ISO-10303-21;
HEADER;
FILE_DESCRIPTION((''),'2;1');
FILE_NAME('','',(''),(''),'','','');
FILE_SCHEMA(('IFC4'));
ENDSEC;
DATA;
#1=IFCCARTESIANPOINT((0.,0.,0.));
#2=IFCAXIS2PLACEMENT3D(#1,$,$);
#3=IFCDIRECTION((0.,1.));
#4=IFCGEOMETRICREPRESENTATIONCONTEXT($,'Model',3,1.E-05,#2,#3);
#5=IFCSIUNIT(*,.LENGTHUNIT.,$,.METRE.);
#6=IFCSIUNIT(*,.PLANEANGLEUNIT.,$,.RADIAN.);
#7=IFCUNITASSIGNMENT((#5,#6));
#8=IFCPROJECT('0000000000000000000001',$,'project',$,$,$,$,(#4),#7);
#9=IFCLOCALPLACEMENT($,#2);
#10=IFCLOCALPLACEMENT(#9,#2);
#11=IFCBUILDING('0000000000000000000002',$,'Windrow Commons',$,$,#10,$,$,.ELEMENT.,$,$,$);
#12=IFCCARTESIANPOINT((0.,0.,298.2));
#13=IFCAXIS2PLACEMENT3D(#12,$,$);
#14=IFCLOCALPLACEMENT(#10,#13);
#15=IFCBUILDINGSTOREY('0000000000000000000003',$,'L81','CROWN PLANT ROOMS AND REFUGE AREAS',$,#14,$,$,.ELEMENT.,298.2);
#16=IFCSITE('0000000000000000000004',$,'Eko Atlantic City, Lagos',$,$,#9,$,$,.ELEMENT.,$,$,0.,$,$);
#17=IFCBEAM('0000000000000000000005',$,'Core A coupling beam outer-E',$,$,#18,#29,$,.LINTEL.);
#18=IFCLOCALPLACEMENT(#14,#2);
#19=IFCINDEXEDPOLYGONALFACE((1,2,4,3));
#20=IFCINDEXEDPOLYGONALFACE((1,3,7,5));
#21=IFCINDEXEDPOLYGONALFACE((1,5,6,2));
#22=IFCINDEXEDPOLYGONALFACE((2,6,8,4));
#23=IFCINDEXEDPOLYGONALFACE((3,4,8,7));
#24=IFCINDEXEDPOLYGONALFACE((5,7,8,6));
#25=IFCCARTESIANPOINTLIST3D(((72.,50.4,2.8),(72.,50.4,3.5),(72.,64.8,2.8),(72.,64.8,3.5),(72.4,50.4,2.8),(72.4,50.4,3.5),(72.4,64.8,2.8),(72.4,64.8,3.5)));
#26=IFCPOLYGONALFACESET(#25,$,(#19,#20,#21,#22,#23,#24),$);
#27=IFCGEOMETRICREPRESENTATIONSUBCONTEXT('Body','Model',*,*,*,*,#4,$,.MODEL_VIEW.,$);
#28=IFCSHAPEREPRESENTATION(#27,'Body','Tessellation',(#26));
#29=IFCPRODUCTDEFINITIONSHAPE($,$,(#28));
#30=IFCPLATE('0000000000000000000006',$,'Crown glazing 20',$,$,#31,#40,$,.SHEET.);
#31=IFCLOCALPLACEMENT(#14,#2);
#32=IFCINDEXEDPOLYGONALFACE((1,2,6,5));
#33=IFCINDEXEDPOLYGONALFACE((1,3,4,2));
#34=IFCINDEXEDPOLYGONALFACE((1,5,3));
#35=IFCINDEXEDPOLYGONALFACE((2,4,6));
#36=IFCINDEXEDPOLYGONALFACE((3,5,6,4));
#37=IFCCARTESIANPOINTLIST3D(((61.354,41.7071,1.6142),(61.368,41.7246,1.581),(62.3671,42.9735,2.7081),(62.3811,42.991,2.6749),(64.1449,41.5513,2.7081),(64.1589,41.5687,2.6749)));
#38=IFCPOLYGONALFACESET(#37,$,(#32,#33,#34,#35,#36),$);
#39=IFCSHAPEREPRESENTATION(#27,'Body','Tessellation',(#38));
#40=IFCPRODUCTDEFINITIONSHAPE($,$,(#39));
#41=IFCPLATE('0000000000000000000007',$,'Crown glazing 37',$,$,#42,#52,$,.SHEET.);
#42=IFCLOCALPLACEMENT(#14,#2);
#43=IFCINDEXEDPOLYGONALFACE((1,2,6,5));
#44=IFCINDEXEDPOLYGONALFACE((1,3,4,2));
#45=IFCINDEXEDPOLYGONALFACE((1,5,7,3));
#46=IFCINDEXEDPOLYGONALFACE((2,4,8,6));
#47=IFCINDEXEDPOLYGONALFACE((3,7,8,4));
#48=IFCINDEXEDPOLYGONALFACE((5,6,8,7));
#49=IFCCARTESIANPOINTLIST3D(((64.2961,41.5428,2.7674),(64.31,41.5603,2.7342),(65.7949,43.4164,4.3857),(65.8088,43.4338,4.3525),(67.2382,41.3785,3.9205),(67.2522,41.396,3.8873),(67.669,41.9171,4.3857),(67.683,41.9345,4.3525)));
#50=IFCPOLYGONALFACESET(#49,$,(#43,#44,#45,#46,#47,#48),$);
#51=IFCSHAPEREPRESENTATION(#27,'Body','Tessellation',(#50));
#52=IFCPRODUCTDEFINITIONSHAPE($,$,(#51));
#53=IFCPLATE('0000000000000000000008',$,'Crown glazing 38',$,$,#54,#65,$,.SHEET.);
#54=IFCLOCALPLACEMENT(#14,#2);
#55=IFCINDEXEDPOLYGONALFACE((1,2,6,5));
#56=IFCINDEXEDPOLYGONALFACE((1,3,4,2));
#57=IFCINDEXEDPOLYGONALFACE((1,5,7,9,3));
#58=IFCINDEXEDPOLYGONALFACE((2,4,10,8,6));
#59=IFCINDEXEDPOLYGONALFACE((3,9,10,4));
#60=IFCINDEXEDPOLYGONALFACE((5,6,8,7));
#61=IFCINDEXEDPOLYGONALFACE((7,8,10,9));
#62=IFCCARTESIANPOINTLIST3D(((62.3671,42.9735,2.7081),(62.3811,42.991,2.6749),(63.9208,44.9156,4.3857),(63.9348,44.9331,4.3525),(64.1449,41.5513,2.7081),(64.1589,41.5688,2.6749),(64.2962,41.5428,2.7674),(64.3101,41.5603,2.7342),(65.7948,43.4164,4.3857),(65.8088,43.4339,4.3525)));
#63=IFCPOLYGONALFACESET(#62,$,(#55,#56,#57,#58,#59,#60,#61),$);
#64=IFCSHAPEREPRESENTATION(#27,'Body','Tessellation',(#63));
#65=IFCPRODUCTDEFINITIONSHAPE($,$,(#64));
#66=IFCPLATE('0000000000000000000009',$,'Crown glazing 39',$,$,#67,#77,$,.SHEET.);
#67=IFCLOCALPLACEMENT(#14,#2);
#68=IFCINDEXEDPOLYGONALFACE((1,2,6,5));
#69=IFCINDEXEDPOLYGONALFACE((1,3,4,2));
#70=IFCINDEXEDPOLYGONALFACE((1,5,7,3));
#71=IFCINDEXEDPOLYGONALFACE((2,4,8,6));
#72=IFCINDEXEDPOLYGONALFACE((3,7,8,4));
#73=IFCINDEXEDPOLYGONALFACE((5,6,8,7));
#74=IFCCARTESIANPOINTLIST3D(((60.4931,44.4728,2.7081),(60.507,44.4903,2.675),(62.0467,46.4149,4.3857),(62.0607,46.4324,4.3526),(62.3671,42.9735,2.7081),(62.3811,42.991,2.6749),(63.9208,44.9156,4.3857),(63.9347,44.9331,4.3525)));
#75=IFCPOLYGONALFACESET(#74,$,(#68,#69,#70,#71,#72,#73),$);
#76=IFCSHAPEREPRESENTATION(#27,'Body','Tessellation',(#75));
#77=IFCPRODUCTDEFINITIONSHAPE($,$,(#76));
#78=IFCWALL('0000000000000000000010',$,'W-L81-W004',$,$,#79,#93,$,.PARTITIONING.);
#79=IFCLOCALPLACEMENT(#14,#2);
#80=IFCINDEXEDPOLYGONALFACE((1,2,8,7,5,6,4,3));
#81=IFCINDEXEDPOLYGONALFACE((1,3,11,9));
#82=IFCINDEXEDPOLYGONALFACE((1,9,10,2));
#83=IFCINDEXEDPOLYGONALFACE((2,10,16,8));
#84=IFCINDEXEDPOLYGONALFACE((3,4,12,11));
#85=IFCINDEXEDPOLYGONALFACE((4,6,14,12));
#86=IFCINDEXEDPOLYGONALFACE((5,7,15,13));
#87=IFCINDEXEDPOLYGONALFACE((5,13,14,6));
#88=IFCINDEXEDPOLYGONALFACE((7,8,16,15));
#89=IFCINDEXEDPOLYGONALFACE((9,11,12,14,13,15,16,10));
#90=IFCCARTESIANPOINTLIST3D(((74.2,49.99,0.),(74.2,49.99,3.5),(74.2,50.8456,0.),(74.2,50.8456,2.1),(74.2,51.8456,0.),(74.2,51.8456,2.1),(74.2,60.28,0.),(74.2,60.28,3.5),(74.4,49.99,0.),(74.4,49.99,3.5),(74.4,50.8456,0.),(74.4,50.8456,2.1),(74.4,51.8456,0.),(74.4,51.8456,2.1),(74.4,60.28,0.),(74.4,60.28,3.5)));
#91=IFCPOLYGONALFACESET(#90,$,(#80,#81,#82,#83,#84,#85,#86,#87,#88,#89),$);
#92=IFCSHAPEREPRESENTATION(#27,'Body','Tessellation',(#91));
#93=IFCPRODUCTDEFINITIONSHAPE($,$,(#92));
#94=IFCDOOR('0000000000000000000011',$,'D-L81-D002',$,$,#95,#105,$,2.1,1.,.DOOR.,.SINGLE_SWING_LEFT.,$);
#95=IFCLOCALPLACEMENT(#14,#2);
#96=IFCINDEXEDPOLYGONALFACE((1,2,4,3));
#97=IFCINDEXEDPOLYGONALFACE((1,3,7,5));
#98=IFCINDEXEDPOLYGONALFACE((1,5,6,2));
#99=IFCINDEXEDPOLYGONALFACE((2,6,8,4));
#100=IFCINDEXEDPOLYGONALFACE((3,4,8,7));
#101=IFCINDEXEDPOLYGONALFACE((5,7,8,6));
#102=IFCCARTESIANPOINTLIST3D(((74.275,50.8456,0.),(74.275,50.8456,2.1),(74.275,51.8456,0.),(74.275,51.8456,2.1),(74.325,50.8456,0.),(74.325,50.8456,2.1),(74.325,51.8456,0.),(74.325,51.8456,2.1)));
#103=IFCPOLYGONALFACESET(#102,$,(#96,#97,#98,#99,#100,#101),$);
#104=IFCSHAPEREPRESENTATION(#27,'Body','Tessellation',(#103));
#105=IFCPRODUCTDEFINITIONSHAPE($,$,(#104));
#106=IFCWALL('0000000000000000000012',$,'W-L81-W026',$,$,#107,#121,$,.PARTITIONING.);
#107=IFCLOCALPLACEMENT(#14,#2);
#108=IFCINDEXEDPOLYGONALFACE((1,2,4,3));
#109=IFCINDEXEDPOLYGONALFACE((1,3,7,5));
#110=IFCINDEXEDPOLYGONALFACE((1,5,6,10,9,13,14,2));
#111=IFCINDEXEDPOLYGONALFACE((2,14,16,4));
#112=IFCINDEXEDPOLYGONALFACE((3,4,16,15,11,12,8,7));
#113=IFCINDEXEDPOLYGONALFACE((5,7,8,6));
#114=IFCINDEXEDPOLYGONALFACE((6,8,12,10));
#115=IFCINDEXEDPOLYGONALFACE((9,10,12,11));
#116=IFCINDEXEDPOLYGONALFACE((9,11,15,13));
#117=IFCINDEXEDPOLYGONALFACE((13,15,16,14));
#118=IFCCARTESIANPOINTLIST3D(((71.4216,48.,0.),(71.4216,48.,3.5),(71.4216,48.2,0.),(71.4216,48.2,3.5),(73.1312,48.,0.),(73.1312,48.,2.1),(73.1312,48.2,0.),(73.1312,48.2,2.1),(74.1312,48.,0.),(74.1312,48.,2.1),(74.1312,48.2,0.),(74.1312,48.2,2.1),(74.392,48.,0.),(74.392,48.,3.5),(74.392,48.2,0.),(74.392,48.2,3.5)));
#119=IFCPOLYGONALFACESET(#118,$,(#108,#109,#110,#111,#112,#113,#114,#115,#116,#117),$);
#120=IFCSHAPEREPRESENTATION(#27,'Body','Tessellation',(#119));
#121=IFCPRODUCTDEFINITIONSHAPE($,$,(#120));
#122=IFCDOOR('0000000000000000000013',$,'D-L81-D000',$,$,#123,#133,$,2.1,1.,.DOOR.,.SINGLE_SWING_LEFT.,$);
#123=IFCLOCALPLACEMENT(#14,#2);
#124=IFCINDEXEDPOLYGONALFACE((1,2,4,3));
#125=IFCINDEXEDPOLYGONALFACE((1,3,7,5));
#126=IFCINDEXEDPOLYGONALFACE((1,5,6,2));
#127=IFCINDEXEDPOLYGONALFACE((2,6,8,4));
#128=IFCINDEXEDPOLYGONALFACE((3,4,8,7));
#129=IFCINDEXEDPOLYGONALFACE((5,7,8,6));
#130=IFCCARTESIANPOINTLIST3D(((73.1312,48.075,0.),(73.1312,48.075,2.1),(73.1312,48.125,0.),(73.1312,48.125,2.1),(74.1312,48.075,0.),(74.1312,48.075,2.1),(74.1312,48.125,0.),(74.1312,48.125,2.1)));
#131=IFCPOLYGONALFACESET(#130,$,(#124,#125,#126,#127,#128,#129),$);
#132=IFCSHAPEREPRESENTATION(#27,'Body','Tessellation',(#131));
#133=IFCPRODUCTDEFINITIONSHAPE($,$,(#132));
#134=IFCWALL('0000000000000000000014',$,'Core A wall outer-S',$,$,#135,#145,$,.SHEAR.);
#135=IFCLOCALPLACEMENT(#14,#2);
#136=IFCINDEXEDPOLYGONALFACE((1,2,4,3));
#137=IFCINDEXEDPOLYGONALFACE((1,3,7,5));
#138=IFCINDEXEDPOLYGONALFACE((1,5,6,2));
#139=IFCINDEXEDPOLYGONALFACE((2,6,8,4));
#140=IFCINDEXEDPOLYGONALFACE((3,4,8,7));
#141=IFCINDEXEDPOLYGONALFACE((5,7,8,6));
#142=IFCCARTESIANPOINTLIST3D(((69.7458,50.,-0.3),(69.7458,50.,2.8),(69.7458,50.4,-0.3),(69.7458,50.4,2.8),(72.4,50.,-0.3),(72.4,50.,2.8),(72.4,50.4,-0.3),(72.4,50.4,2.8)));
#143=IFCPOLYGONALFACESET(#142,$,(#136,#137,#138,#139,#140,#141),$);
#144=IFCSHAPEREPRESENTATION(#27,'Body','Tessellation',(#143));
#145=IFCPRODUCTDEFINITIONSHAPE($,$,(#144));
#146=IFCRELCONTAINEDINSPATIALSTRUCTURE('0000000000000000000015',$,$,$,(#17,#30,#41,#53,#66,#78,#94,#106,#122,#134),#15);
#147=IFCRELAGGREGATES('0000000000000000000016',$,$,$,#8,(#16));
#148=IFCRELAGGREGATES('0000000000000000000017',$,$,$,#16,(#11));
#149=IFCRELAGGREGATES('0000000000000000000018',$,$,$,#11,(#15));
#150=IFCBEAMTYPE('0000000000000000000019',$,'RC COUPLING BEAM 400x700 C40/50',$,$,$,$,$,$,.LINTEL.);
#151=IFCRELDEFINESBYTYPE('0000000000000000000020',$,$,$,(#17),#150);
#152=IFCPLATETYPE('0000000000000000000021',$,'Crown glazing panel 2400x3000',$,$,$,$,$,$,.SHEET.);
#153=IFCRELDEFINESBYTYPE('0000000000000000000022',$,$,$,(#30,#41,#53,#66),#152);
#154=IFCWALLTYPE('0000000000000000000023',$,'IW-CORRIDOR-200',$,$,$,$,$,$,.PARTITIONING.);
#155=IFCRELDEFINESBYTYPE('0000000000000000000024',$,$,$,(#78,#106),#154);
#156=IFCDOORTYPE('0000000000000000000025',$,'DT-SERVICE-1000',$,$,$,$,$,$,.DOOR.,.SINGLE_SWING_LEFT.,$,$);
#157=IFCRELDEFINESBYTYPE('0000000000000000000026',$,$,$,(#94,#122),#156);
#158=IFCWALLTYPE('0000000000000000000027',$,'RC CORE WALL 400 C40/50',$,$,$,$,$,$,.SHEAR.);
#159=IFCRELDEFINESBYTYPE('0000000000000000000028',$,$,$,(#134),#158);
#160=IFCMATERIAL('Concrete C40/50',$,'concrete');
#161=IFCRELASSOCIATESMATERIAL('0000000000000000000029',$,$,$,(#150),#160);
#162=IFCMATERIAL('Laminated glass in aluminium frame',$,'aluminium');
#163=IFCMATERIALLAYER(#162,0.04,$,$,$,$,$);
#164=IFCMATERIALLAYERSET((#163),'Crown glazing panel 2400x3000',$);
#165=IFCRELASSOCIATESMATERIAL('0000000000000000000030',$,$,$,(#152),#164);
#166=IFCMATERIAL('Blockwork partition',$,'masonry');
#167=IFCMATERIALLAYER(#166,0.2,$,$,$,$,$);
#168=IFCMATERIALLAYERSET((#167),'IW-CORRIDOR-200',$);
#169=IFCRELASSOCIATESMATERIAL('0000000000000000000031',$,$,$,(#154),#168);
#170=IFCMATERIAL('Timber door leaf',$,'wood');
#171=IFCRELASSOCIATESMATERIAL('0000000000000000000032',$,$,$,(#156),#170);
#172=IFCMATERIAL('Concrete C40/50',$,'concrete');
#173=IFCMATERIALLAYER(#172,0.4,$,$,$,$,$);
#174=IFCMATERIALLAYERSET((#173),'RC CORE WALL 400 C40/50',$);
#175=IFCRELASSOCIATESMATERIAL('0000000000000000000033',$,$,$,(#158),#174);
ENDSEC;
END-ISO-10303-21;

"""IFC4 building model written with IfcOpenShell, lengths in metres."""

from ifc_helpers import new_model, si_unit, direction, frame, frame_2d, origin, origin_2d, place, context, subcontext, project, spatial, polyline, rectangle, outline, extrude, material, layer, layer_set, material_profile, profile_set, type_object, element, fill, save


model = new_model("IFC4")

# Units and contexts
model_context = context("Model", 3, precision=1e-05, world=origin(), true_north=direction((0.0, 1.0)))
body_context = subcontext(model_context, "Body", "Model", "MODEL_VIEW")
ifc_project = project(units=[si_unit("LENGTHUNIT", "METRE"), si_unit("PLANEANGLEUNIT", "RADIAN")], contexts=[model_context])

# Site, building, storey
site_placement = place(None, origin())
site = spatial("IfcSite", under=ifc_project, at=site_placement, Name="Eko Atlantic City, Lagos", CompositionType="ELEMENT", RefElevation=0.0)
building_placement = place(site_placement, origin())
building = spatial("IfcBuilding", under=site, at=building_placement, Name="Windrow Commons", CompositionType="ELEMENT")
storey_placement = place(building_placement, frame((0.0, 0.0, 298.2)))
storey = spatial("IfcBuildingStorey", under=building, at=storey_placement, Name="L81", Description="CROWN PLANT ROOMS AND REFUGE AREAS", CompositionType="ELEMENT", Elevation=298.2)

# Beam
ifc_material_1 = material(Name="Concrete C40/50", Category="concrete")
ifc_material_profile = material_profile(ifc_material_1, rectangle(XDim=0.4, YDim=0.7, at=origin_2d()))
ifc_profile_set = profile_set([ifc_material_profile], Name="Concrete C40/50")
beam_type = type_object("IfcBeamType", Name="RC COUPLING BEAM 400x700 C40/50", PredefinedType="LINTEL", material=ifc_profile_set)
beam_placement = place(storey_placement, frame((72.2, 50.4, 3.15), z_axis=(0.0, 1.0, 0.0), x_axis=(-1.0, 0.0, 0.0)))
element("IfcBeam", 1, at=beam_placement, inside=storey, type_object=beam_type, Name="Core A coupling beam outer-E", PredefinedType="LINTEL", context=body_context, shape_type="SweptSolid", body=[
    extrude(rectangle(XDim=0.4, YDim=0.7, at=origin_2d()), origin(), (0.0, 0.0, 1.0), 14.4),
])

# Plates
ifc_material_2 = material(Name="Laminated glass in aluminium frame", Category="aluminium")
ifc_layer_1 = layer(ifc_material_2, 0.04)
ifc_layer_set_1 = layer_set([ifc_layer_1], Name="Crown glazing panel 2400x3000")
plate_type = type_object("IfcPlateType", Name="Crown glazing panel 2400x3000", PredefinedType="SHEET", material=ifc_layer_set_1)
plate_1_placement = place(storey_placement, frame((61.354, 41.7071, 1.6142), z_axis=(-0.349319, -0.436662, 0.829037), x_axis=(0.517889, 0.647374, 0.559194)))
element("IfcPlate", 2, at=plate_1_placement, inside=storey, type_object=plate_type, Name="Crown glazing 20", PredefinedType="SHEET", context=body_context, shape_type="SweptSolid", body=[
    extrude(outline(polyline([(0.0, 0.0), (1.9562, 0.0), (1.9562, -2.2767), (0.0, 0.0)])), origin(), (0.0, 0.0, -1.0), 0.04),
])
plate_2_placement = place(storey_placement, frame((67.2382, 41.3785, 3.9205), z_axis=(-0.349316, -0.436646, 0.829047), x_axis=(-0.929788, 0.051925, -0.364415)))
element("IfcPlate", 3, at=plate_2_placement, inside=storey, type_object=plate_type, Name="Crown glazing 37", PredefinedType="SHEET", context=body_context, shape_type="SweptSolid", body=[
    extrude(outline(polyline([(0.0, 0.0), (3.1643, 0.0), (1.2783, -2.1951), (-0.5421, -0.631), (0.0, 0.0)])), origin(), (0.0, 0.0, -1.0), 0.04),
])
plate_3_placement = place(storey_placement, frame((64.1449, 41.5513, 2.7081), z_axis=(-0.349327, -0.436657, 0.829036), x_axis=(-0.780874, 0.624688, -0.000007)))
element("IfcPlate", 4, at=plate_3_placement, inside=storey, type_object=plate_type, Name="Crown glazing 38", PredefinedType="SHEET", context=body_context, shape_type="SweptSolid", body=[
    extrude(outline(polyline([(0.0, 0.0), (2.2767, 0.0), (2.2766, -3.0), (-0.1233, -3.0), (-0.1234, -0.106), (0.0, 0.0)])), origin(), (0.0, 0.0, -1.0), 0.04),
])
plate_4_placement = place(storey_placement, frame((62.3671, 42.9735, 2.7081), z_axis=(-0.349339, -0.436657, 0.829031), x_axis=(-0.780851, 0.624717, 0.000006)))
element("IfcPlate", 5, at=plate_4_placement, inside=storey, type_object=plate_type, Name="Crown glazing 39", PredefinedType="SHEET", context=body_context, shape_type="SweptSolid", body=[
    extrude(outline(polyline([(0.0, 0.0), (2.4, 0.0), (2.4001, -3.0), (0.0001, -3.0), (0.0, 0.0)])), origin(), (0.0, 0.0, -1.0), 0.04),
])

# Walls, openings, doors
ifc_material_3 = material(Name="Blockwork partition", Category="masonry")
ifc_layer_2 = layer(ifc_material_3, 0.2)
ifc_layer_set_2 = layer_set([ifc_layer_2], Name="IW-CORRIDOR-200")
wall_type_1 = type_object("IfcWallType", Name="IW-CORRIDOR-200", PredefinedType="PARTITIONING", material=ifc_layer_set_2)
wall_1_placement = place(storey_placement, frame((74.3, 49.99, 0.0), z_axis=(0.0, 0.0, 1.0), x_axis=(0.0, 1.0, 0.0)))
wall_1 = element("IfcWall", 6, at=wall_1_placement, inside=storey, type_object=wall_type_1, Name="W-L81-W004", PredefinedType="PARTITIONING", context=body_context, shape_type="SweptSolid", body=[
    extrude(rectangle(XDim=10.29, YDim=0.2, at=frame_2d((5.145, 0.0))), origin(), (0.0, 0.0, 1.0), 3.5),
])
opening_1_placement = place(wall_1_placement, frame((0.8556, 0.0, 0.0)))
opening_1 = element("IfcOpeningElement", 7, at=opening_1_placement, cuts=wall_1, PredefinedType="OPENING", context=body_context, shape_type="SweptSolid", body=[
    extrude(rectangle(XDim=1.0, YDim=2.1, at=frame_2d((0.5, 1.05))), frame((0.0, 0.11, 0.0), z_axis=(0.0, -1.0, 0.0), x_axis=(1.0, 0.0, 0.0)), (0.0, 0.0, 1.0), 0.22),
])
ifc_material_4 = material(Name="Timber door leaf", Category="wood")
door_type_1 = type_object("IfcDoorType", Name="DT-SERVICE-1000", OperationType="SINGLE_SWING_LEFT", PredefinedType="DOOR", material=ifc_material_4)
door_1_placement = place(opening_1_placement, origin())
door_1 = element("IfcDoor", 8, at=door_1_placement, inside=storey, type_object=door_type_1, Name="D-L81-D002", OperationType="SINGLE_SWING_LEFT", OverallHeight=2.1, OverallWidth=1.0, PredefinedType="DOOR", context=body_context, shape_type="SweptSolid", body=[
    extrude(rectangle(XDim=1.0, YDim=2.1, at=frame_2d((0.5, 1.05))), frame((0.0, 0.025, 0.0), z_axis=(0.0, -1.0, 0.0), x_axis=(1.0, 0.0, 0.0)), (0.0, 0.0, 1.0), 0.05),
])
fill(opening_1, door_1)
wall_2_placement = place(storey_placement, frame((71.4216, 48.1, 0.0), z_axis=(0.0, 0.0, 1.0), x_axis=(1.0, 0.0, 0.0)))
wall_2 = element("IfcWall", 9, at=wall_2_placement, inside=storey, type_object=wall_type_1, Name="W-L81-W026", PredefinedType="PARTITIONING", context=body_context, shape_type="SweptSolid", body=[
    extrude(outline(polyline([(0.0, -0.1), (2.9704, -0.1), (2.9704, 0.1), (0.0, 0.1), (0.0, -0.1)])), origin(), (0.0, 0.0, 1.0), 3.5),
])
opening_2_placement = place(wall_2_placement, frame((1.7096, 0.0, 0.0)))
opening_2 = element("IfcOpeningElement", 10, at=opening_2_placement, cuts=wall_2, PredefinedType="OPENING", context=body_context, shape_type="SweptSolid", body=[
    extrude(rectangle(XDim=1.0, YDim=2.1, at=frame_2d((0.5, 1.05))), frame((0.0, 0.11, 0.0), z_axis=(0.0, -1.0, 0.0), x_axis=(1.0, 0.0, 0.0)), (0.0, 0.0, 1.0), 0.22),
])
door_2_placement = place(opening_2_placement, origin())
door_2 = element("IfcDoor", 11, at=door_2_placement, inside=storey, type_object=door_type_1, Name="D-L81-D000", OperationType="SINGLE_SWING_LEFT", OverallHeight=2.1, OverallWidth=1.0, PredefinedType="DOOR", context=body_context, shape_type="SweptSolid", body=[
    extrude(rectangle(XDim=1.0, YDim=2.1, at=frame_2d((0.5, 1.05))), frame((0.0, 0.025, 0.0), z_axis=(0.0, -1.0, 0.0), x_axis=(1.0, 0.0, 0.0)), (0.0, 0.0, 1.0), 0.05),
])
fill(opening_2, door_2)

# Wall
ifc_material_5 = material(Name="Concrete C40/50", Category="concrete")
ifc_layer_3 = layer(ifc_material_5, 0.4)
ifc_layer_set_3 = layer_set([ifc_layer_3], Name="RC CORE WALL 400 C40/50")
wall_type_2 = type_object("IfcWallType", Name="RC CORE WALL 400 C40/50", PredefinedType="SHEAR", material=ifc_layer_set_3)
wall_3_placement = place(storey_placement, frame((69.7458, 50.2, -0.3), z_axis=(0.0, 0.0, 1.0), x_axis=(1.0, 0.0, 0.0)))
element("IfcWall", 12, at=wall_3_placement, inside=storey, type_object=wall_type_2, Name="Core A wall outer-S", PredefinedType="SHEAR", context=body_context, shape_type="SweptSolid", body=[
    extrude(outline(polyline([(0.0, 0.0), (2.6542, 0.0), (2.6542, 3.1), (0.0, 3.1), (0.0, 0.0)])), frame((0.0, 0.2, 0.0), z_axis=(0.0, -1.0, 0.0), x_axis=(1.0, 0.0, 0.0)), (0.0, 0.0, 1.0), 0.4),
])

save(model, "model.ifc")
